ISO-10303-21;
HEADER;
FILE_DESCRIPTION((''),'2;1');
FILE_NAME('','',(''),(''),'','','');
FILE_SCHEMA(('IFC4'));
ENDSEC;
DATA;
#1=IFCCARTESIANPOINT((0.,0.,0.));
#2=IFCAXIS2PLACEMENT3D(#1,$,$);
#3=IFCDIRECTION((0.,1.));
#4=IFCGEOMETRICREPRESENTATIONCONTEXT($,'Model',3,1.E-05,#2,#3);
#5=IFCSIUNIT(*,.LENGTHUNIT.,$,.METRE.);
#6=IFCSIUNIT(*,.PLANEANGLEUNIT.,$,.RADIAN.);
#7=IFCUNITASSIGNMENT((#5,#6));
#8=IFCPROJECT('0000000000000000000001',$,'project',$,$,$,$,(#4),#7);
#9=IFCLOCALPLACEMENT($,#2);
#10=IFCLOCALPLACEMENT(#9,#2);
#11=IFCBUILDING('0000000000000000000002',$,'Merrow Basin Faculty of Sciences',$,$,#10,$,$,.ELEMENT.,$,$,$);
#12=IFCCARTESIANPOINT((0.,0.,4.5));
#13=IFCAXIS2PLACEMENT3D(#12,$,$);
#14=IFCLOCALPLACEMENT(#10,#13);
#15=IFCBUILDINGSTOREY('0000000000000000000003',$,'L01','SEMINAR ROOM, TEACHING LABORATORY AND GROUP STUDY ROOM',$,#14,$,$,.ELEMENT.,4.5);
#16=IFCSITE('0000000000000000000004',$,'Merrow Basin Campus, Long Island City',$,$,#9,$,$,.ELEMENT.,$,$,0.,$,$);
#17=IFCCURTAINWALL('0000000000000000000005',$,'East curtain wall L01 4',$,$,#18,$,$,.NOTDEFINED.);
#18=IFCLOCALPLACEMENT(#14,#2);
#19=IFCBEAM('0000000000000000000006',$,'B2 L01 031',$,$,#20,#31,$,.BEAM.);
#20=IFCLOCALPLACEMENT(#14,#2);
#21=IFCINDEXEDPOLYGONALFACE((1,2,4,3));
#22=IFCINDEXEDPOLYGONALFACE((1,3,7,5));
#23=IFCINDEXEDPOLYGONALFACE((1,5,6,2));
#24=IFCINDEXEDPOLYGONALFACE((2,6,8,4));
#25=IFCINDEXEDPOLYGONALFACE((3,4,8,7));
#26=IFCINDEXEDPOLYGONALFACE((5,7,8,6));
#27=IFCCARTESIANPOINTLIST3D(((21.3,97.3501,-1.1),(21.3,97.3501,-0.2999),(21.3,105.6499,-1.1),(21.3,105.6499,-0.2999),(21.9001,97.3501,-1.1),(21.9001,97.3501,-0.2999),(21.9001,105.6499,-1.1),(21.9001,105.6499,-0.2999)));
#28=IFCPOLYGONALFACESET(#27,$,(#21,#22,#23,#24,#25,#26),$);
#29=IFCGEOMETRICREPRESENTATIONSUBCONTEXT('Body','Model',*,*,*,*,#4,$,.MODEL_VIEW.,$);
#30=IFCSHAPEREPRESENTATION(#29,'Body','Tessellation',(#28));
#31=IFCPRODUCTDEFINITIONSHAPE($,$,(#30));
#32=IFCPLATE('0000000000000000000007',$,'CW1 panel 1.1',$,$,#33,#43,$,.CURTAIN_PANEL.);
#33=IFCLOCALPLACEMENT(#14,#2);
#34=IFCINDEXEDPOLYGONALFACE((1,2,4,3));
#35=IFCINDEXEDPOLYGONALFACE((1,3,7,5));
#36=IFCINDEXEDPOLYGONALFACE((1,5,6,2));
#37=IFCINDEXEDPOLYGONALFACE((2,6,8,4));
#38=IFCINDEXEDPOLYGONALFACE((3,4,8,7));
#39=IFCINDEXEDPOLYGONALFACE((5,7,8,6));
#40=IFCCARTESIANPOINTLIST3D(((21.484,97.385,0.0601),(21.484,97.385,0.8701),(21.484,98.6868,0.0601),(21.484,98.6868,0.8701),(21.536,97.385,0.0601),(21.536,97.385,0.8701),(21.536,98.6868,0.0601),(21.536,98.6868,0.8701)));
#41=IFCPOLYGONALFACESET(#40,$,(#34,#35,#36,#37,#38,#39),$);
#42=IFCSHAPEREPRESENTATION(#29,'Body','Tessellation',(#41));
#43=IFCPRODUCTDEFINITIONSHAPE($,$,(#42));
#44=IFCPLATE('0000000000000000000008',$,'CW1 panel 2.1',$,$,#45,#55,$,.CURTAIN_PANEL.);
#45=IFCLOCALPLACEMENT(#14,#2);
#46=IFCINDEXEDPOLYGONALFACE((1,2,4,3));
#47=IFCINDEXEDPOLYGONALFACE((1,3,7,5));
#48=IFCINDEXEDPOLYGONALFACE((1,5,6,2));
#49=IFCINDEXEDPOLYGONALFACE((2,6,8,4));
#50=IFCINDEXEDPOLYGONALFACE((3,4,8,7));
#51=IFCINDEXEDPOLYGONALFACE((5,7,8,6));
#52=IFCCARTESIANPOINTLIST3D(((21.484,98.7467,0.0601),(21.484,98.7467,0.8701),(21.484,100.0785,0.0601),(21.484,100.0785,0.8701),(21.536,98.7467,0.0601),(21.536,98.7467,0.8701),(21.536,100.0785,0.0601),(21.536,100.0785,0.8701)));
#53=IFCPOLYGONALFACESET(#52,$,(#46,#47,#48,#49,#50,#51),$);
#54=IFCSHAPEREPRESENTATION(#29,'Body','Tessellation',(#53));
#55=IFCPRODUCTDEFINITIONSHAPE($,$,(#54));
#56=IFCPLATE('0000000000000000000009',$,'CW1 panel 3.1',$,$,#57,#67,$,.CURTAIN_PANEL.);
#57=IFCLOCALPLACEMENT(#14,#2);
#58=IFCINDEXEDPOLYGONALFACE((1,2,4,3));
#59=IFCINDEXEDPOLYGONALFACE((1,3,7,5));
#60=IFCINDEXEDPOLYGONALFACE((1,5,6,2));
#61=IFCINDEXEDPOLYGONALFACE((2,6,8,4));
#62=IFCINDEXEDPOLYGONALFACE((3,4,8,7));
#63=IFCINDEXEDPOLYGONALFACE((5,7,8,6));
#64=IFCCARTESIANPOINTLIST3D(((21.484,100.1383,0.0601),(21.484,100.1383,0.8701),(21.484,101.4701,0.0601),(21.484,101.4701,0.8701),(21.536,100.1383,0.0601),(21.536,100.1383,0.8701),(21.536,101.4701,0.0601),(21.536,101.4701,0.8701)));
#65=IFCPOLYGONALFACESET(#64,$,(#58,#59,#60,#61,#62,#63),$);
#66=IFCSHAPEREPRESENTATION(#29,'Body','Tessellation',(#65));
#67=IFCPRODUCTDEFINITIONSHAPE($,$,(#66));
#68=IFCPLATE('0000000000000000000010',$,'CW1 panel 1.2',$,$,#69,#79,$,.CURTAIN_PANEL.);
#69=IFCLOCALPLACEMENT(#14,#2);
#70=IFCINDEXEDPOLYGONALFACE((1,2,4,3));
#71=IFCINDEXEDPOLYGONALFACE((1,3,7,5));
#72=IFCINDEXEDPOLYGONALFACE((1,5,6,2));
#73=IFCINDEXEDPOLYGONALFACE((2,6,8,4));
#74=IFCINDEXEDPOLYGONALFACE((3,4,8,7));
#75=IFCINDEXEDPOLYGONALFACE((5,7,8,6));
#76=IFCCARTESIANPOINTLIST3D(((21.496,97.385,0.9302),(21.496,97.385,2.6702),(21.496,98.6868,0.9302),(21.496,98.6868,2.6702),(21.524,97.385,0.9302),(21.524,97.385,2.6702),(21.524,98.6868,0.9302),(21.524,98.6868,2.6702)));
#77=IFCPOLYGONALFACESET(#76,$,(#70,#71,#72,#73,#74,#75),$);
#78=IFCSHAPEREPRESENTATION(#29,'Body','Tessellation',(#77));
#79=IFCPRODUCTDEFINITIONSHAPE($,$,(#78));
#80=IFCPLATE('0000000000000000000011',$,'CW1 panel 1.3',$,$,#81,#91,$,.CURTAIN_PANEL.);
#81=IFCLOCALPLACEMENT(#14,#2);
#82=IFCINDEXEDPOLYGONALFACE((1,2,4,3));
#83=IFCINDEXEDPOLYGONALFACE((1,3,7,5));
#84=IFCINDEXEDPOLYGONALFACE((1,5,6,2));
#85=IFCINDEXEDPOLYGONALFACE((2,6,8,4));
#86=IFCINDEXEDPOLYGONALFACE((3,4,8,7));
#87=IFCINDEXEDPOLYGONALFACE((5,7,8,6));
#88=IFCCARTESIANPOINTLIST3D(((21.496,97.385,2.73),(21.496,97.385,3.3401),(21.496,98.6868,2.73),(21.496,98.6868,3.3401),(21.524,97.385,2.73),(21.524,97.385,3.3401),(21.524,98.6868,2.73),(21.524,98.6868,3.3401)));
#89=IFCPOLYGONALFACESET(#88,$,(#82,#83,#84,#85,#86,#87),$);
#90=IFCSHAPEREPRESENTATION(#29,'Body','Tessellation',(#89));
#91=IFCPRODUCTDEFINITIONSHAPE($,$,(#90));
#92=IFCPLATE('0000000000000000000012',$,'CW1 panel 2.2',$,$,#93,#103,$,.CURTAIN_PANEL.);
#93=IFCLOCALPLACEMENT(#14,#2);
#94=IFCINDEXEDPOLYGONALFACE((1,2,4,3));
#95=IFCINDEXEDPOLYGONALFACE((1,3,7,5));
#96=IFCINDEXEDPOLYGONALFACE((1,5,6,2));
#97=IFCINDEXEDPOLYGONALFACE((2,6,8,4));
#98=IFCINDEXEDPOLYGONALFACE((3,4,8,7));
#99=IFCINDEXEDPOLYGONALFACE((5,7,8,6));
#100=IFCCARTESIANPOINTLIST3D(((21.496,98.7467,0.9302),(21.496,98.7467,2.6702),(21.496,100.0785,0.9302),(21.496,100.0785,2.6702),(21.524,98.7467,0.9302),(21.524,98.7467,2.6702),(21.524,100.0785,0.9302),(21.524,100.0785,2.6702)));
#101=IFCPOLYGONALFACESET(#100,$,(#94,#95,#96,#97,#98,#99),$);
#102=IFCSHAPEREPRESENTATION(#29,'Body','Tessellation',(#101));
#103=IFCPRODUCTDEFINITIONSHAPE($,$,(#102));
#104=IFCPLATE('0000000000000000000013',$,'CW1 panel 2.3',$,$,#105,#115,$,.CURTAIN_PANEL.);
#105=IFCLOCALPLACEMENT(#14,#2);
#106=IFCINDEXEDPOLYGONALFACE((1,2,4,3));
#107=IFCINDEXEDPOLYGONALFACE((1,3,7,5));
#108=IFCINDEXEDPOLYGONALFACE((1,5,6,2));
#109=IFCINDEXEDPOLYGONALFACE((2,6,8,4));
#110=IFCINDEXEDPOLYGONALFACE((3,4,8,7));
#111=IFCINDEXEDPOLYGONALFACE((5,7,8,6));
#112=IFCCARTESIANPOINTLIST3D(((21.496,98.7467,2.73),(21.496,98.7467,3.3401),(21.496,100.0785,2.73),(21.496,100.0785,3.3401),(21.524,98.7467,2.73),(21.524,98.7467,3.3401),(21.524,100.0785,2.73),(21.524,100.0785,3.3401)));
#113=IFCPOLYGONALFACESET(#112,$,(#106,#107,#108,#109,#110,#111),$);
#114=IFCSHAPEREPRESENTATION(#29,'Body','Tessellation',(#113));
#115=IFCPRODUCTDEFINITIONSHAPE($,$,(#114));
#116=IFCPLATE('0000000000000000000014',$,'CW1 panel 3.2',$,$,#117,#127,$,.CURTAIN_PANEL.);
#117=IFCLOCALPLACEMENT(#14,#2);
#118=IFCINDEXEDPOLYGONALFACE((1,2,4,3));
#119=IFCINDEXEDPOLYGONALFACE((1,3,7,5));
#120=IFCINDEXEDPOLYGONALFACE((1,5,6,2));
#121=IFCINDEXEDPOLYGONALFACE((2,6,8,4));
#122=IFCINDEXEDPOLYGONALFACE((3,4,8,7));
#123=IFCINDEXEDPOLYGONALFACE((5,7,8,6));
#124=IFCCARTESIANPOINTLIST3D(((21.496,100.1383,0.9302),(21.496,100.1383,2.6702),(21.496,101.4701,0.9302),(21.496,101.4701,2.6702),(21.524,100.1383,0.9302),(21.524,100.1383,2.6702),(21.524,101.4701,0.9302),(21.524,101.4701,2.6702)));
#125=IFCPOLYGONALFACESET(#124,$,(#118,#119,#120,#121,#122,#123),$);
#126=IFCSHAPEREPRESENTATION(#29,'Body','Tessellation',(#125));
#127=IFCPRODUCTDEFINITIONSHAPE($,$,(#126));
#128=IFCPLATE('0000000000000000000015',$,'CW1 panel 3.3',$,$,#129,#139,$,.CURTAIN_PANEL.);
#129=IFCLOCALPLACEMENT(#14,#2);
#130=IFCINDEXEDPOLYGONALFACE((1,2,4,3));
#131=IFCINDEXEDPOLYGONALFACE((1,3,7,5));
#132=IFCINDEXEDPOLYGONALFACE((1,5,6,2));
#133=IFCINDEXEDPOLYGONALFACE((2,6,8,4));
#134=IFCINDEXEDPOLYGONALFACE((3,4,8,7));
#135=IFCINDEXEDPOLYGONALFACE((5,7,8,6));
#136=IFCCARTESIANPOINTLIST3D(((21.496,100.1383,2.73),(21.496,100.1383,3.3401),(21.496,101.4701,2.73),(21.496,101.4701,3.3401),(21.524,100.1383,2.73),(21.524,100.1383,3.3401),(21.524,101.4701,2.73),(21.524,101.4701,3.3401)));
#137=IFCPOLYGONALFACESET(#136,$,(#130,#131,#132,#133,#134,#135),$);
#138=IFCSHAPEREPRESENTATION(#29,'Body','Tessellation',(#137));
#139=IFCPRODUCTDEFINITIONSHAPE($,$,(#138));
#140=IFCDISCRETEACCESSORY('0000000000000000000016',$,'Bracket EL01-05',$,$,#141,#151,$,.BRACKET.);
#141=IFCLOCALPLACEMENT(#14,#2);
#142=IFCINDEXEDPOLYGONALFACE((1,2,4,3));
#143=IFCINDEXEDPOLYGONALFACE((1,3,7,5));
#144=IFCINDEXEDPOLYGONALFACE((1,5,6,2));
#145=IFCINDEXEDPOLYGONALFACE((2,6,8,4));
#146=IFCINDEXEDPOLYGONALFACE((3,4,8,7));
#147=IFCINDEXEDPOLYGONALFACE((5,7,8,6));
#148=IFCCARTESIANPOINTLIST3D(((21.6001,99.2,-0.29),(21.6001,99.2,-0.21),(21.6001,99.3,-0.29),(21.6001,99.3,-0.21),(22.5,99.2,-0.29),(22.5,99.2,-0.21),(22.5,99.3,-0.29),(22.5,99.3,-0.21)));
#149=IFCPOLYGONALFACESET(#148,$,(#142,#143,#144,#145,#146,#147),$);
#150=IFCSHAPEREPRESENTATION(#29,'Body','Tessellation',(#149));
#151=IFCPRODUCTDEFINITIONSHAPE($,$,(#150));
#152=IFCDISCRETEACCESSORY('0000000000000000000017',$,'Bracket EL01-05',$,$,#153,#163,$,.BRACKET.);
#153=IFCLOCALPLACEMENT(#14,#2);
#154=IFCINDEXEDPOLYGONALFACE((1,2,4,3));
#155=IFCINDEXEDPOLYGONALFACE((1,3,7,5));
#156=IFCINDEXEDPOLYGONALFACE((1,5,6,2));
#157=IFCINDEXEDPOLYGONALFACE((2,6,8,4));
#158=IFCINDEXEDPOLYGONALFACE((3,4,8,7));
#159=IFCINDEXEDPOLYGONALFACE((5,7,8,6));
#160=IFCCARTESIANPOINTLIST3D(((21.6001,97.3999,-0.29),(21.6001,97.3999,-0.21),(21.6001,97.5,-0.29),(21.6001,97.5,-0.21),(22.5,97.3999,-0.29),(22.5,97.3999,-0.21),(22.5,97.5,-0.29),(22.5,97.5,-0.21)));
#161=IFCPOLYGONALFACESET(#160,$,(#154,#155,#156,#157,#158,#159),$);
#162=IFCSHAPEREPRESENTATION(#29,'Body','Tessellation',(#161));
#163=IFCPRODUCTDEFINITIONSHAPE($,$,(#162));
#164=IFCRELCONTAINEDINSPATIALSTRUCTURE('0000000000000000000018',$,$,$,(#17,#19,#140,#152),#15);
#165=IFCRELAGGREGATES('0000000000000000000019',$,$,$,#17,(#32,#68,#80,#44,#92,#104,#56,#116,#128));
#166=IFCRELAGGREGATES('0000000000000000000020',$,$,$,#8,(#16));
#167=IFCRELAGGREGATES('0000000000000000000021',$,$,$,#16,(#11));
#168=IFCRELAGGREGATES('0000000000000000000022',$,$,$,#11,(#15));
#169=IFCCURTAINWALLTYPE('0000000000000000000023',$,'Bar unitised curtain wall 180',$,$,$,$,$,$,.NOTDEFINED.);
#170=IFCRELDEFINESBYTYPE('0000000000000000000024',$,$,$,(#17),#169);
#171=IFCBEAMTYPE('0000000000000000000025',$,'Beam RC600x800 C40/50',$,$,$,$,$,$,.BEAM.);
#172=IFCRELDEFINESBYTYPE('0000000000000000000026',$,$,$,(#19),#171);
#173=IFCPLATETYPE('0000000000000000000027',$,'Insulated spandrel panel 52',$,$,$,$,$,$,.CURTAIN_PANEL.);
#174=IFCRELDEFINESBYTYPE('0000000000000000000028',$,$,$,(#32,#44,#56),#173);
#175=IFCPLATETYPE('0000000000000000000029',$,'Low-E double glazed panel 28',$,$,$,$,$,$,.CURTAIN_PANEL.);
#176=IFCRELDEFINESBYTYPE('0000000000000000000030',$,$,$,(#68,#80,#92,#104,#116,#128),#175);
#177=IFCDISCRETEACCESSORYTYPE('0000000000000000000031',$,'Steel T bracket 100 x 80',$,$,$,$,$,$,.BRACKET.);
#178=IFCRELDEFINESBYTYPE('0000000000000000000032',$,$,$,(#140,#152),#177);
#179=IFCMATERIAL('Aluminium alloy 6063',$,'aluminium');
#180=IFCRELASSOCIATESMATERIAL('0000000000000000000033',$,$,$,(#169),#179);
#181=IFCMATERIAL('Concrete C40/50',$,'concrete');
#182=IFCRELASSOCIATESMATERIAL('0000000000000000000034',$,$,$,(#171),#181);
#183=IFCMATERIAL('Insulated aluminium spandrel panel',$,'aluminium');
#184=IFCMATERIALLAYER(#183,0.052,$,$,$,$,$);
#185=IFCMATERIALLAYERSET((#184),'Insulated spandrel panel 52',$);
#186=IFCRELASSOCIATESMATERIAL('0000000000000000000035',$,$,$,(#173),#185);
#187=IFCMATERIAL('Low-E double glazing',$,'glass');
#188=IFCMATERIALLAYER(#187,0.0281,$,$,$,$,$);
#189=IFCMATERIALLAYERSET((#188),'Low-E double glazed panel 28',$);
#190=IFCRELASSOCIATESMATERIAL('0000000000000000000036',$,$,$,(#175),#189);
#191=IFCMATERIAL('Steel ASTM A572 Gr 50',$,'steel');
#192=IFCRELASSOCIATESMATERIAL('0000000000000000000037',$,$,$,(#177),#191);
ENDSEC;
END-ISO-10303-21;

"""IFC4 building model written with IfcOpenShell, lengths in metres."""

from ifc_helpers import new_model, si_unit, direction, frame, origin, origin_2d, place, context, subcontext, project, spatial, polyline, rectangle, outline, extrude, source, transform, mapped, material, layer, layer_set, material_profile, profile_set, type_object, element, aggregate, save


model = new_model("IFC4")

# Units and contexts
model_context = context("Model", 3, precision=1e-05, world=origin(), true_north=direction((0.0, 1.0)))
body_context = subcontext(model_context, "Body", "Model", "MODEL_VIEW")
ifc_project = project(units=[si_unit("LENGTHUNIT", "METRE"), si_unit("PLANEANGLEUNIT", "RADIAN")], contexts=[model_context])

# Site, building, storey
site_placement = place(None, origin())
site = spatial("IfcSite", under=ifc_project, at=site_placement, Name="Merrow Basin Campus, Long Island City", CompositionType="ELEMENT", RefElevation=0.0)
building_placement = place(site_placement, origin())
building = spatial("IfcBuilding", under=site, at=building_placement, Name="Merrow Basin Faculty of Sciences", CompositionType="ELEMENT")
storey_placement = place(building_placement, frame((0.0, 0.0, 4.5)))
storey = spatial("IfcBuildingStorey", under=building, at=storey_placement, Name="L01", Description="SEMINAR ROOM, TEACHING LABORATORY AND GROUP STUDY ROOM", CompositionType="ELEMENT", Elevation=4.5)

# Curtain wall
ifc_material_1 = material(Name="Aluminium alloy 6063", Category="aluminium")
curtain_wall_type = type_object("IfcCurtainWallType", Name="Bar unitised curtain wall 180", PredefinedType="NOTDEFINED", material=ifc_material_1)
curtain_wall_placement = place(storey_placement, origin())
curtain_wall = element("IfcCurtainWall", 1, at=curtain_wall_placement, inside=storey, type_object=curtain_wall_type, Name="East curtain wall L01 4", PredefinedType="NOTDEFINED")

# Beam
ifc_material_2 = material(Name="Concrete C40/50", Category="concrete")
ifc_material_profile_1 = material_profile(ifc_material_2, rectangle(XDim=0.6001, YDim=0.8, at=origin_2d()))
ifc_profile_set_1 = profile_set([ifc_material_profile_1], Name="Concrete C40/50")
beam_type = type_object("IfcBeamType", Name="Beam RC600x800 C40/50", PredefinedType="BEAM", material=ifc_profile_set_1)
beam_placement = place(storey_placement, frame((21.6001, 97.3501, -0.7), z_axis=(0.0, 1.0, 0.0), x_axis=(-1.0, 0.0, 0.0)))
element("IfcBeam", 2, at=beam_placement, inside=storey, type_object=beam_type, Name="B2 L01 031", PredefinedType="BEAM", context=body_context, shape_type="SweptSolid", body=[
    extrude(rectangle(XDim=0.6001, YDim=0.8, at=origin_2d()), origin(), (0.0, 0.0, 1.0), 8.2998),
])

# Plates
ifc_material_3 = material(Name="Insulated aluminium spandrel panel", Category="aluminium")
ifc_layer_1 = layer(ifc_material_3, 0.052)
ifc_layer_set_1 = layer_set([ifc_layer_1], Name="Insulated spandrel panel 52")
plate_type_1 = type_object("IfcPlateType", Name="Insulated spandrel panel 52", PredefinedType="CURTAIN_PANEL", material=ifc_layer_set_1)
plate_1_placement = place(storey_placement, frame((21.51, 98.0359, 0.0601), z_axis=(0.0, 0.0, 1.0), x_axis=(0.0, 1.0, 0.0)))
plate_1 = element("IfcPlate", 3, at=plate_1_placement, type_object=plate_type_1, Name="CW1 panel 1.1", PredefinedType="CURTAIN_PANEL", context=body_context, shape_type="SweptSolid", body=[
    extrude(rectangle(XDim=1.3018, YDim=0.052, at=origin_2d()), origin(), (0.0, 0.0, 1.0), 0.8101),
])
plate_2_placement = place(storey_placement, frame((21.51, 99.4126, 0.0601), z_axis=(0.0, 0.0, 1.0), x_axis=(0.0, 1.0, 0.0)))
plate_2 = element("IfcPlate", 4, at=plate_2_placement, type_object=plate_type_1, Name="CW1 panel 2.1", PredefinedType="CURTAIN_PANEL", context=body_context, shape_type="SweptSolid", body=[
    extrude(rectangle(XDim=1.3318, YDim=0.052, at=origin_2d()), origin(), (0.0, 0.0, 1.0), 0.8101),
])
plate_3_placement = place(storey_placement, frame((21.51, 100.8042, 0.0601), z_axis=(0.0, 0.0, 1.0), x_axis=(0.0, 1.0, 0.0)))
plate_3 = element("IfcPlate", 5, at=plate_3_placement, type_object=plate_type_1, Name="CW1 panel 3.1", PredefinedType="CURTAIN_PANEL", context=body_context, shape_type="SweptSolid", body=[
    extrude(rectangle(XDim=1.3318, YDim=0.052, at=origin_2d()), origin(), (0.0, 0.0, 1.0), 0.8101),
])
ifc_material_4 = material(Name="Low-E double glazing", Category="glass")
ifc_layer_2 = layer(ifc_material_4, 0.0281)
ifc_layer_set_2 = layer_set([ifc_layer_2], Name="Low-E double glazed panel 28")
plate_type_2 = type_object("IfcPlateType", Name="Low-E double glazed panel 28", PredefinedType="CURTAIN_PANEL", material=ifc_layer_set_2)
plate_4_placement = place(storey_placement, frame((21.51, 98.0359, 0.9302), z_axis=(0.0, 0.0, 1.0), x_axis=(0.0, 1.0, 0.0)))
plate_4 = element("IfcPlate", 6, at=plate_4_placement, type_object=plate_type_2, Name="CW1 panel 1.2", PredefinedType="CURTAIN_PANEL", context=body_context, shape_type="SweptSolid", body=[
    extrude(rectangle(XDim=1.3018, YDim=0.0281, at=origin_2d()), origin(), (0.0, 0.0, 1.0), 1.74),
])
plate_5_placement = place(storey_placement, frame((21.51, 98.0359, 2.73), z_axis=(0.0, 0.0, 1.0), x_axis=(0.0, 1.0, 0.0)))
plate_5 = element("IfcPlate", 7, at=plate_5_placement, type_object=plate_type_2, Name="CW1 panel 1.3", PredefinedType="CURTAIN_PANEL", context=body_context, shape_type="SweptSolid", body=[
    extrude(rectangle(XDim=1.3018, YDim=0.0281, at=origin_2d()), origin(), (0.0, 0.0, 1.0), 0.6101),
])
plate_6_placement = place(storey_placement, frame((21.51, 99.4126, 0.9302), z_axis=(0.0, 0.0, 1.0), x_axis=(0.0, 1.0, 0.0)))
plate_6 = element("IfcPlate", 8, at=plate_6_placement, type_object=plate_type_2, Name="CW1 panel 2.2", PredefinedType="CURTAIN_PANEL", context=body_context, shape_type="SweptSolid", body=[
    extrude(rectangle(XDim=1.3318, YDim=0.0281, at=origin_2d()), origin(), (0.0, 0.0, 1.0), 1.74),
])
plate_7_placement = place(storey_placement, frame((21.51, 99.4126, 2.73), z_axis=(0.0, 0.0, 1.0), x_axis=(0.0, 1.0, 0.0)))
plate_7 = element("IfcPlate", 9, at=plate_7_placement, type_object=plate_type_2, Name="CW1 panel 2.3", PredefinedType="CURTAIN_PANEL", context=body_context, shape_type="SweptSolid", body=[
    extrude(rectangle(XDim=1.3318, YDim=0.0281, at=origin_2d()), origin(), (0.0, 0.0, 1.0), 0.6101),
])
plate_8_placement = place(storey_placement, frame((21.51, 100.8042, 0.9302), z_axis=(0.0, 0.0, 1.0), x_axis=(0.0, 1.0, 0.0)))
plate_8 = element("IfcPlate", 10, at=plate_8_placement, type_object=plate_type_2, Name="CW1 panel 3.2", PredefinedType="CURTAIN_PANEL", context=body_context, shape_type="SweptSolid", body=[
    extrude(rectangle(XDim=1.3318, YDim=0.0281, at=origin_2d()), origin(), (0.0, 0.0, 1.0), 1.74),
])
plate_9_placement = place(storey_placement, frame((21.51, 100.8042, 2.73), z_axis=(0.0, 0.0, 1.0), x_axis=(0.0, 1.0, 0.0)))
plate_9 = element("IfcPlate", 11, at=plate_9_placement, type_object=plate_type_2, Name="CW1 panel 3.3", PredefinedType="CURTAIN_PANEL", context=body_context, shape_type="SweptSolid", body=[
    extrude(rectangle(XDim=1.3318, YDim=0.0281, at=origin_2d()), origin(), (0.0, 0.0, 1.0), 0.6101),
])
aggregate(curtain_wall, [plate_1, plate_4, plate_5, plate_2, plate_6, plate_7, plate_3, plate_8, plate_9])

# Discrete accessories
ifc_material_5 = material(Name="Steel ASTM A572 Gr 50", Category="steel")
discrete_accessory_type = type_object("IfcDiscreteAccessoryType", Name="Steel T bracket 100 x 80", PredefinedType="BRACKET", material=ifc_material_5)
shared_shape = source(origin(), body_context, "Body", "SweptSolid", [
    extrude(outline(polyline([(0.0, 0.0), (0.1001, 0.0), (0.1001, 0.0801), (0.0, 0.0801), (0.0, 0.0)])), origin(), (0.0, 0.0, 1.0), 0.8999),
])
for number, where, z_axis, x_axis, name in (
    (12, (22.5, 99.3, -0.29), (-1.0, 0.0, 0.0), (0.0, -1.0, 0.0), "Bracket EL01-05"),
    (13, (22.5, 97.5, -0.29), (-1.0, 0.0, 0.0), (0.0, -1.0, 0.0), "Bracket EL01-05"),
):
    element("IfcDiscreteAccessory", number, at=place(storey_placement, frame(where, z_axis=z_axis, x_axis=x_axis)), inside=storey, type_object=discrete_accessory_type, Name=name, PredefinedType="BRACKET", context=body_context, shape_type="MappedRepresentation", body=[
        mapped(shared_shape, transform((0.0, 0.0, 0.0), scale=1.0)),
    ])

save(model, "model.ifc")
